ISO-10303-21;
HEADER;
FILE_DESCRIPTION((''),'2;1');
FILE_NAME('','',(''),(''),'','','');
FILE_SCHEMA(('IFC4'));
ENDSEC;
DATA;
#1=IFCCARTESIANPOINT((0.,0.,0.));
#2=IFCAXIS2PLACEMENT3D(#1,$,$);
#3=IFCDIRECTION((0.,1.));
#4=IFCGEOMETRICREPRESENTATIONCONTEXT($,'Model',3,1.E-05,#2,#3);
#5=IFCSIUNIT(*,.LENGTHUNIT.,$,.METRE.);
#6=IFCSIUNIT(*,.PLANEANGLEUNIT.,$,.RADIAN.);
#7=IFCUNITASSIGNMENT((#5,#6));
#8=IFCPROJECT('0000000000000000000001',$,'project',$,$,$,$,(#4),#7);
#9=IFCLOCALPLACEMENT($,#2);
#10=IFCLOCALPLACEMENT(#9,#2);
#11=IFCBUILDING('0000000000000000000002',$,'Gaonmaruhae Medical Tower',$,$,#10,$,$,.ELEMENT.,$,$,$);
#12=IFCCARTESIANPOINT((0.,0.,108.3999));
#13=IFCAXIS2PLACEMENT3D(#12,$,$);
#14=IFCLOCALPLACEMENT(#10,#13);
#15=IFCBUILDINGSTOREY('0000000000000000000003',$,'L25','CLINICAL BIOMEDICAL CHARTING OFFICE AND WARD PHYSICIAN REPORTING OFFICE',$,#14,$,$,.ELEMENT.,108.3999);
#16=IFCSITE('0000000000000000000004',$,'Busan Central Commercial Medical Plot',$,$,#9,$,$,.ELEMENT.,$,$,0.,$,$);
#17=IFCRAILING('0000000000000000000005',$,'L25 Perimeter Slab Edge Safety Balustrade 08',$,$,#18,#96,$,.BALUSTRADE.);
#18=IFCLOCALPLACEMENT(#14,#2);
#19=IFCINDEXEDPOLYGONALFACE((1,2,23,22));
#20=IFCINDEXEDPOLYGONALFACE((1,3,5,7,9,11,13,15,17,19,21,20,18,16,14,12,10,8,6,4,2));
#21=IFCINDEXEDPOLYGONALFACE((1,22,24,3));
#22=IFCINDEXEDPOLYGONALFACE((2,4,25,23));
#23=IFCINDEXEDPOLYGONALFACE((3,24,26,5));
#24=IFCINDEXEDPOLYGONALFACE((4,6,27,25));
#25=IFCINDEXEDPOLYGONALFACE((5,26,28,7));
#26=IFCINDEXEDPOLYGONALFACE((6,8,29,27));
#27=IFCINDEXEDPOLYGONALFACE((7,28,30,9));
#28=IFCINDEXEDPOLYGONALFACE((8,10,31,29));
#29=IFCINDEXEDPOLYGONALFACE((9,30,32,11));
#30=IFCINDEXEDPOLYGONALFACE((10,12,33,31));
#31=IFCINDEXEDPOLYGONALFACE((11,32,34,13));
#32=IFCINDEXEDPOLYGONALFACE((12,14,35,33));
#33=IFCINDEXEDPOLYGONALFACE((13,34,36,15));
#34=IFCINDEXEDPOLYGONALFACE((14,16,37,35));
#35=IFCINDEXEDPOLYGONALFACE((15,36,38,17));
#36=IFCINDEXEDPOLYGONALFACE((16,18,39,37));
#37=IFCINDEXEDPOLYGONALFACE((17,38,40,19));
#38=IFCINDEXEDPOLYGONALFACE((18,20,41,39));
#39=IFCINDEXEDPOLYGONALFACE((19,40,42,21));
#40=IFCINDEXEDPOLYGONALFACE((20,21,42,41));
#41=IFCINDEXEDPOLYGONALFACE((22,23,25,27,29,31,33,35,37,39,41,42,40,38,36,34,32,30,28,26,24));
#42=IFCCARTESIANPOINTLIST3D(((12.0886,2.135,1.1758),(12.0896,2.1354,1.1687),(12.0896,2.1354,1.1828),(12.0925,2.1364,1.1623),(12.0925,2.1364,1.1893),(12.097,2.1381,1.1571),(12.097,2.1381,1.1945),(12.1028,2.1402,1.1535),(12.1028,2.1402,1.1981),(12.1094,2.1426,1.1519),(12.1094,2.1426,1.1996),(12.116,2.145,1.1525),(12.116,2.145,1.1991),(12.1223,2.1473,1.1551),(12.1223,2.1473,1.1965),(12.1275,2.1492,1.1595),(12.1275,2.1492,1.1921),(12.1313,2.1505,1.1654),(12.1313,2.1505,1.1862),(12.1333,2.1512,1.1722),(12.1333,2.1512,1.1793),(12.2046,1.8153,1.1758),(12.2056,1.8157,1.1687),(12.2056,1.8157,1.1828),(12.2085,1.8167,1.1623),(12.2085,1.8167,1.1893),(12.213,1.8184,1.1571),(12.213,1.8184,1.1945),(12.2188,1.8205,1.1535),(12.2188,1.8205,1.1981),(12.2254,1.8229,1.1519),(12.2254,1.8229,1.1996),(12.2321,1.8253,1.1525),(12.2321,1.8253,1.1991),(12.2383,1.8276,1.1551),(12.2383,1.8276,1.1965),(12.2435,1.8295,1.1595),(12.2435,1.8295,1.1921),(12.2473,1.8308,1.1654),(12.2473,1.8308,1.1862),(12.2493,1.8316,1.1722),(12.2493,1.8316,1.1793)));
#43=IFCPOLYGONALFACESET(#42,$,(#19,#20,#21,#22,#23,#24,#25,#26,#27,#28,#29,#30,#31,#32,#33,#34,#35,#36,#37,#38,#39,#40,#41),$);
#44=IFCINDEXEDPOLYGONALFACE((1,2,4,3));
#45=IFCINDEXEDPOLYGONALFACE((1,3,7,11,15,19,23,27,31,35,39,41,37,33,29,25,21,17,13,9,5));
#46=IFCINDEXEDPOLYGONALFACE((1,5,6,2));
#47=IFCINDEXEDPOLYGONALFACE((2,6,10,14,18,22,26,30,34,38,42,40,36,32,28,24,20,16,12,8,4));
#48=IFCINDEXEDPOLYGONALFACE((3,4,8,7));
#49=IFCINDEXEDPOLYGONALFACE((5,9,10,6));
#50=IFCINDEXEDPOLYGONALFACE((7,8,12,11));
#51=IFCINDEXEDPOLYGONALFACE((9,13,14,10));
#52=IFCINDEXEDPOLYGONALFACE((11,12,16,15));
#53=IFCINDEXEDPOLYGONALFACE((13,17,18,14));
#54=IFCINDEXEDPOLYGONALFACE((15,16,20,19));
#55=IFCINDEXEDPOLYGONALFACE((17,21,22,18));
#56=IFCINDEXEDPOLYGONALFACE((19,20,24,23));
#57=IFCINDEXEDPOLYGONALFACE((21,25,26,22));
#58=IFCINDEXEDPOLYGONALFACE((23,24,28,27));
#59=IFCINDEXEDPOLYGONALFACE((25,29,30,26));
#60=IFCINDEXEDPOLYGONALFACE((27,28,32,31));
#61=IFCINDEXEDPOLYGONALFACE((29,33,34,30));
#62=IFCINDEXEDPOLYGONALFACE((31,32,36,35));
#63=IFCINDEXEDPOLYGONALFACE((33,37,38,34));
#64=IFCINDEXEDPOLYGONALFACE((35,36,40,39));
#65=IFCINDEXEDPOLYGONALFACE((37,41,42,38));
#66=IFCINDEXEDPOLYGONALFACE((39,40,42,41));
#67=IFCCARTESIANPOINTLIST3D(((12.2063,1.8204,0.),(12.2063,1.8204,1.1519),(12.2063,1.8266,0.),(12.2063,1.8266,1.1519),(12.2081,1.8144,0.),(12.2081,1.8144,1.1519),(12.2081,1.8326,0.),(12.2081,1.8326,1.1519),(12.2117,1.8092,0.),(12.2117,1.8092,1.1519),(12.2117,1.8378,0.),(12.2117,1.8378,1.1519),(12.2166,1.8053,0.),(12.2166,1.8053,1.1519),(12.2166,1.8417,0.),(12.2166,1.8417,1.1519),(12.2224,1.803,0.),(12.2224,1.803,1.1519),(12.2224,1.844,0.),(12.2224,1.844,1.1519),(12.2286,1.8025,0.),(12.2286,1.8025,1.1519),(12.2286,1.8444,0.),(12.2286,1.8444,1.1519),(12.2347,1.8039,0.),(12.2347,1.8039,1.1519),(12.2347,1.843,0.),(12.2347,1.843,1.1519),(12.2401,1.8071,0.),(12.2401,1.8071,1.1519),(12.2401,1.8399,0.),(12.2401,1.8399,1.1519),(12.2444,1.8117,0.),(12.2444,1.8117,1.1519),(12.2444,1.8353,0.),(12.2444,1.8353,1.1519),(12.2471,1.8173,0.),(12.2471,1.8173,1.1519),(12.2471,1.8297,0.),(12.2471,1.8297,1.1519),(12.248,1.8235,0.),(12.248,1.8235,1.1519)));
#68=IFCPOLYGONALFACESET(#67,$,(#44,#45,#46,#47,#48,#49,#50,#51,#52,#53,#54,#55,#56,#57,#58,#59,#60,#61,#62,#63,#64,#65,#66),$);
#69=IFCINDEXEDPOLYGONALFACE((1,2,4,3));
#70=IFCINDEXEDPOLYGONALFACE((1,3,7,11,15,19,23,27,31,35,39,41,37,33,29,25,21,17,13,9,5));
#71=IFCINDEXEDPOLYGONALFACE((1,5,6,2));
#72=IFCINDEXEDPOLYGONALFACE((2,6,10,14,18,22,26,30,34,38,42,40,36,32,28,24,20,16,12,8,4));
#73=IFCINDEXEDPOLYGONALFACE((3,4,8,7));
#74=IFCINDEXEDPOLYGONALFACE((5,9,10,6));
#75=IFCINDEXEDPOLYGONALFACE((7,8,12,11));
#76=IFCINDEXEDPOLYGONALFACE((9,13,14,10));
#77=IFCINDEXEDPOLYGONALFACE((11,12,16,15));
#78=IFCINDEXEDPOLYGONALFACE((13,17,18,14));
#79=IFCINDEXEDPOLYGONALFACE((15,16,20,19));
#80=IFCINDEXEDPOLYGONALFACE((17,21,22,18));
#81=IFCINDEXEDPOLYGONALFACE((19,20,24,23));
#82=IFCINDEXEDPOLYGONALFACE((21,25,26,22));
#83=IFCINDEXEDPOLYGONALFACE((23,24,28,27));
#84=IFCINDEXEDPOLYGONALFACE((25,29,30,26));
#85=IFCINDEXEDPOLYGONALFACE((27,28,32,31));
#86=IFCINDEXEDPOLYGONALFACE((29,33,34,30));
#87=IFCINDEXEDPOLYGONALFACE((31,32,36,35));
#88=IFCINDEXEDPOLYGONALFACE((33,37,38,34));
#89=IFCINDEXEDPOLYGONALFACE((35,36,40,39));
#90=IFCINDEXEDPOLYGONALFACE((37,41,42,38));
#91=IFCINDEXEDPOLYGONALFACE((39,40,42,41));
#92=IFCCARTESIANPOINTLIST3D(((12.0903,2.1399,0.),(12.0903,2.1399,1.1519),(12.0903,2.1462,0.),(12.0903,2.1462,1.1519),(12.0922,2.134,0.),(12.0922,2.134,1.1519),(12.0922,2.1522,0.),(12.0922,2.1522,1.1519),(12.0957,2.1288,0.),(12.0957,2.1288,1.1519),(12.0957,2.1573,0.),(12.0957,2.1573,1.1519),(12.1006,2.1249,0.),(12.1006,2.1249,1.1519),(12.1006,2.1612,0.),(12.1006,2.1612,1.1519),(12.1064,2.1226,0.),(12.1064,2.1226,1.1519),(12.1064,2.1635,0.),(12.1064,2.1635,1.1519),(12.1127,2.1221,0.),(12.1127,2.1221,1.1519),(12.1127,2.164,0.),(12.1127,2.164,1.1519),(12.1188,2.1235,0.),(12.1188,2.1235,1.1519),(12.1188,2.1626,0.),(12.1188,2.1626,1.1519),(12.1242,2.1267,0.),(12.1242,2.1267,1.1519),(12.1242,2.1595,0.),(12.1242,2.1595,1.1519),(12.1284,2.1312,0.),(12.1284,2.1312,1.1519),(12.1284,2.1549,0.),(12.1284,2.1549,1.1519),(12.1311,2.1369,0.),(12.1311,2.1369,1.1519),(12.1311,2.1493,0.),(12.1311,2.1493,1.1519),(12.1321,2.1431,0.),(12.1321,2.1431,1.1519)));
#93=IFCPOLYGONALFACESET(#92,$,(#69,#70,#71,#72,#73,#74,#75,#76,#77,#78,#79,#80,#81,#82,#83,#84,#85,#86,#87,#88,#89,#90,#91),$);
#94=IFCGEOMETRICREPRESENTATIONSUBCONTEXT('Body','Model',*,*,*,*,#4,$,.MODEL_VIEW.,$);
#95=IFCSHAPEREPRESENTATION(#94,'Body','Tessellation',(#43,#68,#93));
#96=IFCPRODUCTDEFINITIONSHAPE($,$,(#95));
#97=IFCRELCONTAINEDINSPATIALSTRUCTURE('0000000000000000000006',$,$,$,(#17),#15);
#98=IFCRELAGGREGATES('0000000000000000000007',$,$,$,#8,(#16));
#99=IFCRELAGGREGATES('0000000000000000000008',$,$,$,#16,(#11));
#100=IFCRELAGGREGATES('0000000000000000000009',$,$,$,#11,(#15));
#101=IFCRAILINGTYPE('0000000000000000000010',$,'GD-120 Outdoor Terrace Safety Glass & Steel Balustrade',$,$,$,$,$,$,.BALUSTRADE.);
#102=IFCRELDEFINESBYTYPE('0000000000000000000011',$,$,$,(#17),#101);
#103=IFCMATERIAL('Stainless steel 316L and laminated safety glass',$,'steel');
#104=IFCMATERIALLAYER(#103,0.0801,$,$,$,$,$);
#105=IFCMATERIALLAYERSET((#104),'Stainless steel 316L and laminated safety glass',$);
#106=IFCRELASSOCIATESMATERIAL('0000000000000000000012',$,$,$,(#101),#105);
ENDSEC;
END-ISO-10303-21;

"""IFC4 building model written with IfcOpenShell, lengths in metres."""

from ifc_helpers import new_model, si_unit, direction, frame, origin, origin_2d, place, context, subcontext, project, spatial, circle, extrude, material, layer, layer_set, type_object, element, save


model = new_model("IFC4")

# Units and contexts
model_context = context("Model", 3, precision=1e-05, world=origin(), true_north=direction((0.0, 1.0)))
body_context = subcontext(model_context, "Body", "Model", "MODEL_VIEW")
ifc_project = project(units=[si_unit("LENGTHUNIT", "METRE"), si_unit("PLANEANGLEUNIT", "RADIAN")], contexts=[model_context])

# Site, building, storey
site_placement = place(None, origin())
site = spatial("IfcSite", under=ifc_project, at=site_placement, Name="Busan Central Commercial Medical Plot", CompositionType="ELEMENT", RefElevation=0.0)
building_placement = place(site_placement, origin())
building = spatial("IfcBuilding", under=site, at=building_placement, Name="Gaonmaruhae Medical Tower", CompositionType="ELEMENT")
storey_placement = place(building_placement, frame((0.0, 0.0, 108.3999)))
storey = spatial("IfcBuildingStorey", under=building, at=storey_placement, Name="L25", Description="CLINICAL BIOMEDICAL CHARTING OFFICE AND WARD PHYSICIAN REPORTING OFFICE", CompositionType="ELEMENT", Elevation=108.3999)

# Railing
ifc_material_1 = material(Name="Stainless steel 316L and laminated safety glass", Category="steel")
ifc_layer_1 = layer(ifc_material_1, 0.0801)
ifc_layer_set_1 = layer_set([ifc_layer_1], Name="Stainless steel 316L and laminated safety glass")
railing_type = type_object("IfcRailingType", Name="GD-120 Outdoor Terrace Safety Glass & Steel Balustrade", PredefinedType="BALUSTRADE", material=ifc_layer_set_1)
railing_1_placement = place(storey_placement, frame((12.2271, 1.8235, 0.0)))
element("IfcRailing", 1, at=railing_1_placement, inside=storey, type_object=railing_type, Name="L25 Perimeter Slab Edge Safety Balustrade 08", PredefinedType="BALUSTRADE", context=body_context, shape_type="SweptSolid", body=[
    extrude(circle(Radius=0.0239, at=origin_2d()), frame((0.0, 0.0, 1.1758), z_axis=(-0.341109, 0.940024, 0.0), x_axis=(-0.940024, -0.341109, 0.0)), (0.0, 0.0, 1.0), 0.3401),
    extrude(circle(Radius=0.021, at=origin_2d()), origin(), (0.0, 0.0, 1.0), 1.1519),
    extrude(circle(Radius=0.021, at=origin_2d()), frame((-0.116, 0.3196, 0.0)), (0.0, 0.0, 1.0), 1.1519),
])

save(model, "model.ifc")
